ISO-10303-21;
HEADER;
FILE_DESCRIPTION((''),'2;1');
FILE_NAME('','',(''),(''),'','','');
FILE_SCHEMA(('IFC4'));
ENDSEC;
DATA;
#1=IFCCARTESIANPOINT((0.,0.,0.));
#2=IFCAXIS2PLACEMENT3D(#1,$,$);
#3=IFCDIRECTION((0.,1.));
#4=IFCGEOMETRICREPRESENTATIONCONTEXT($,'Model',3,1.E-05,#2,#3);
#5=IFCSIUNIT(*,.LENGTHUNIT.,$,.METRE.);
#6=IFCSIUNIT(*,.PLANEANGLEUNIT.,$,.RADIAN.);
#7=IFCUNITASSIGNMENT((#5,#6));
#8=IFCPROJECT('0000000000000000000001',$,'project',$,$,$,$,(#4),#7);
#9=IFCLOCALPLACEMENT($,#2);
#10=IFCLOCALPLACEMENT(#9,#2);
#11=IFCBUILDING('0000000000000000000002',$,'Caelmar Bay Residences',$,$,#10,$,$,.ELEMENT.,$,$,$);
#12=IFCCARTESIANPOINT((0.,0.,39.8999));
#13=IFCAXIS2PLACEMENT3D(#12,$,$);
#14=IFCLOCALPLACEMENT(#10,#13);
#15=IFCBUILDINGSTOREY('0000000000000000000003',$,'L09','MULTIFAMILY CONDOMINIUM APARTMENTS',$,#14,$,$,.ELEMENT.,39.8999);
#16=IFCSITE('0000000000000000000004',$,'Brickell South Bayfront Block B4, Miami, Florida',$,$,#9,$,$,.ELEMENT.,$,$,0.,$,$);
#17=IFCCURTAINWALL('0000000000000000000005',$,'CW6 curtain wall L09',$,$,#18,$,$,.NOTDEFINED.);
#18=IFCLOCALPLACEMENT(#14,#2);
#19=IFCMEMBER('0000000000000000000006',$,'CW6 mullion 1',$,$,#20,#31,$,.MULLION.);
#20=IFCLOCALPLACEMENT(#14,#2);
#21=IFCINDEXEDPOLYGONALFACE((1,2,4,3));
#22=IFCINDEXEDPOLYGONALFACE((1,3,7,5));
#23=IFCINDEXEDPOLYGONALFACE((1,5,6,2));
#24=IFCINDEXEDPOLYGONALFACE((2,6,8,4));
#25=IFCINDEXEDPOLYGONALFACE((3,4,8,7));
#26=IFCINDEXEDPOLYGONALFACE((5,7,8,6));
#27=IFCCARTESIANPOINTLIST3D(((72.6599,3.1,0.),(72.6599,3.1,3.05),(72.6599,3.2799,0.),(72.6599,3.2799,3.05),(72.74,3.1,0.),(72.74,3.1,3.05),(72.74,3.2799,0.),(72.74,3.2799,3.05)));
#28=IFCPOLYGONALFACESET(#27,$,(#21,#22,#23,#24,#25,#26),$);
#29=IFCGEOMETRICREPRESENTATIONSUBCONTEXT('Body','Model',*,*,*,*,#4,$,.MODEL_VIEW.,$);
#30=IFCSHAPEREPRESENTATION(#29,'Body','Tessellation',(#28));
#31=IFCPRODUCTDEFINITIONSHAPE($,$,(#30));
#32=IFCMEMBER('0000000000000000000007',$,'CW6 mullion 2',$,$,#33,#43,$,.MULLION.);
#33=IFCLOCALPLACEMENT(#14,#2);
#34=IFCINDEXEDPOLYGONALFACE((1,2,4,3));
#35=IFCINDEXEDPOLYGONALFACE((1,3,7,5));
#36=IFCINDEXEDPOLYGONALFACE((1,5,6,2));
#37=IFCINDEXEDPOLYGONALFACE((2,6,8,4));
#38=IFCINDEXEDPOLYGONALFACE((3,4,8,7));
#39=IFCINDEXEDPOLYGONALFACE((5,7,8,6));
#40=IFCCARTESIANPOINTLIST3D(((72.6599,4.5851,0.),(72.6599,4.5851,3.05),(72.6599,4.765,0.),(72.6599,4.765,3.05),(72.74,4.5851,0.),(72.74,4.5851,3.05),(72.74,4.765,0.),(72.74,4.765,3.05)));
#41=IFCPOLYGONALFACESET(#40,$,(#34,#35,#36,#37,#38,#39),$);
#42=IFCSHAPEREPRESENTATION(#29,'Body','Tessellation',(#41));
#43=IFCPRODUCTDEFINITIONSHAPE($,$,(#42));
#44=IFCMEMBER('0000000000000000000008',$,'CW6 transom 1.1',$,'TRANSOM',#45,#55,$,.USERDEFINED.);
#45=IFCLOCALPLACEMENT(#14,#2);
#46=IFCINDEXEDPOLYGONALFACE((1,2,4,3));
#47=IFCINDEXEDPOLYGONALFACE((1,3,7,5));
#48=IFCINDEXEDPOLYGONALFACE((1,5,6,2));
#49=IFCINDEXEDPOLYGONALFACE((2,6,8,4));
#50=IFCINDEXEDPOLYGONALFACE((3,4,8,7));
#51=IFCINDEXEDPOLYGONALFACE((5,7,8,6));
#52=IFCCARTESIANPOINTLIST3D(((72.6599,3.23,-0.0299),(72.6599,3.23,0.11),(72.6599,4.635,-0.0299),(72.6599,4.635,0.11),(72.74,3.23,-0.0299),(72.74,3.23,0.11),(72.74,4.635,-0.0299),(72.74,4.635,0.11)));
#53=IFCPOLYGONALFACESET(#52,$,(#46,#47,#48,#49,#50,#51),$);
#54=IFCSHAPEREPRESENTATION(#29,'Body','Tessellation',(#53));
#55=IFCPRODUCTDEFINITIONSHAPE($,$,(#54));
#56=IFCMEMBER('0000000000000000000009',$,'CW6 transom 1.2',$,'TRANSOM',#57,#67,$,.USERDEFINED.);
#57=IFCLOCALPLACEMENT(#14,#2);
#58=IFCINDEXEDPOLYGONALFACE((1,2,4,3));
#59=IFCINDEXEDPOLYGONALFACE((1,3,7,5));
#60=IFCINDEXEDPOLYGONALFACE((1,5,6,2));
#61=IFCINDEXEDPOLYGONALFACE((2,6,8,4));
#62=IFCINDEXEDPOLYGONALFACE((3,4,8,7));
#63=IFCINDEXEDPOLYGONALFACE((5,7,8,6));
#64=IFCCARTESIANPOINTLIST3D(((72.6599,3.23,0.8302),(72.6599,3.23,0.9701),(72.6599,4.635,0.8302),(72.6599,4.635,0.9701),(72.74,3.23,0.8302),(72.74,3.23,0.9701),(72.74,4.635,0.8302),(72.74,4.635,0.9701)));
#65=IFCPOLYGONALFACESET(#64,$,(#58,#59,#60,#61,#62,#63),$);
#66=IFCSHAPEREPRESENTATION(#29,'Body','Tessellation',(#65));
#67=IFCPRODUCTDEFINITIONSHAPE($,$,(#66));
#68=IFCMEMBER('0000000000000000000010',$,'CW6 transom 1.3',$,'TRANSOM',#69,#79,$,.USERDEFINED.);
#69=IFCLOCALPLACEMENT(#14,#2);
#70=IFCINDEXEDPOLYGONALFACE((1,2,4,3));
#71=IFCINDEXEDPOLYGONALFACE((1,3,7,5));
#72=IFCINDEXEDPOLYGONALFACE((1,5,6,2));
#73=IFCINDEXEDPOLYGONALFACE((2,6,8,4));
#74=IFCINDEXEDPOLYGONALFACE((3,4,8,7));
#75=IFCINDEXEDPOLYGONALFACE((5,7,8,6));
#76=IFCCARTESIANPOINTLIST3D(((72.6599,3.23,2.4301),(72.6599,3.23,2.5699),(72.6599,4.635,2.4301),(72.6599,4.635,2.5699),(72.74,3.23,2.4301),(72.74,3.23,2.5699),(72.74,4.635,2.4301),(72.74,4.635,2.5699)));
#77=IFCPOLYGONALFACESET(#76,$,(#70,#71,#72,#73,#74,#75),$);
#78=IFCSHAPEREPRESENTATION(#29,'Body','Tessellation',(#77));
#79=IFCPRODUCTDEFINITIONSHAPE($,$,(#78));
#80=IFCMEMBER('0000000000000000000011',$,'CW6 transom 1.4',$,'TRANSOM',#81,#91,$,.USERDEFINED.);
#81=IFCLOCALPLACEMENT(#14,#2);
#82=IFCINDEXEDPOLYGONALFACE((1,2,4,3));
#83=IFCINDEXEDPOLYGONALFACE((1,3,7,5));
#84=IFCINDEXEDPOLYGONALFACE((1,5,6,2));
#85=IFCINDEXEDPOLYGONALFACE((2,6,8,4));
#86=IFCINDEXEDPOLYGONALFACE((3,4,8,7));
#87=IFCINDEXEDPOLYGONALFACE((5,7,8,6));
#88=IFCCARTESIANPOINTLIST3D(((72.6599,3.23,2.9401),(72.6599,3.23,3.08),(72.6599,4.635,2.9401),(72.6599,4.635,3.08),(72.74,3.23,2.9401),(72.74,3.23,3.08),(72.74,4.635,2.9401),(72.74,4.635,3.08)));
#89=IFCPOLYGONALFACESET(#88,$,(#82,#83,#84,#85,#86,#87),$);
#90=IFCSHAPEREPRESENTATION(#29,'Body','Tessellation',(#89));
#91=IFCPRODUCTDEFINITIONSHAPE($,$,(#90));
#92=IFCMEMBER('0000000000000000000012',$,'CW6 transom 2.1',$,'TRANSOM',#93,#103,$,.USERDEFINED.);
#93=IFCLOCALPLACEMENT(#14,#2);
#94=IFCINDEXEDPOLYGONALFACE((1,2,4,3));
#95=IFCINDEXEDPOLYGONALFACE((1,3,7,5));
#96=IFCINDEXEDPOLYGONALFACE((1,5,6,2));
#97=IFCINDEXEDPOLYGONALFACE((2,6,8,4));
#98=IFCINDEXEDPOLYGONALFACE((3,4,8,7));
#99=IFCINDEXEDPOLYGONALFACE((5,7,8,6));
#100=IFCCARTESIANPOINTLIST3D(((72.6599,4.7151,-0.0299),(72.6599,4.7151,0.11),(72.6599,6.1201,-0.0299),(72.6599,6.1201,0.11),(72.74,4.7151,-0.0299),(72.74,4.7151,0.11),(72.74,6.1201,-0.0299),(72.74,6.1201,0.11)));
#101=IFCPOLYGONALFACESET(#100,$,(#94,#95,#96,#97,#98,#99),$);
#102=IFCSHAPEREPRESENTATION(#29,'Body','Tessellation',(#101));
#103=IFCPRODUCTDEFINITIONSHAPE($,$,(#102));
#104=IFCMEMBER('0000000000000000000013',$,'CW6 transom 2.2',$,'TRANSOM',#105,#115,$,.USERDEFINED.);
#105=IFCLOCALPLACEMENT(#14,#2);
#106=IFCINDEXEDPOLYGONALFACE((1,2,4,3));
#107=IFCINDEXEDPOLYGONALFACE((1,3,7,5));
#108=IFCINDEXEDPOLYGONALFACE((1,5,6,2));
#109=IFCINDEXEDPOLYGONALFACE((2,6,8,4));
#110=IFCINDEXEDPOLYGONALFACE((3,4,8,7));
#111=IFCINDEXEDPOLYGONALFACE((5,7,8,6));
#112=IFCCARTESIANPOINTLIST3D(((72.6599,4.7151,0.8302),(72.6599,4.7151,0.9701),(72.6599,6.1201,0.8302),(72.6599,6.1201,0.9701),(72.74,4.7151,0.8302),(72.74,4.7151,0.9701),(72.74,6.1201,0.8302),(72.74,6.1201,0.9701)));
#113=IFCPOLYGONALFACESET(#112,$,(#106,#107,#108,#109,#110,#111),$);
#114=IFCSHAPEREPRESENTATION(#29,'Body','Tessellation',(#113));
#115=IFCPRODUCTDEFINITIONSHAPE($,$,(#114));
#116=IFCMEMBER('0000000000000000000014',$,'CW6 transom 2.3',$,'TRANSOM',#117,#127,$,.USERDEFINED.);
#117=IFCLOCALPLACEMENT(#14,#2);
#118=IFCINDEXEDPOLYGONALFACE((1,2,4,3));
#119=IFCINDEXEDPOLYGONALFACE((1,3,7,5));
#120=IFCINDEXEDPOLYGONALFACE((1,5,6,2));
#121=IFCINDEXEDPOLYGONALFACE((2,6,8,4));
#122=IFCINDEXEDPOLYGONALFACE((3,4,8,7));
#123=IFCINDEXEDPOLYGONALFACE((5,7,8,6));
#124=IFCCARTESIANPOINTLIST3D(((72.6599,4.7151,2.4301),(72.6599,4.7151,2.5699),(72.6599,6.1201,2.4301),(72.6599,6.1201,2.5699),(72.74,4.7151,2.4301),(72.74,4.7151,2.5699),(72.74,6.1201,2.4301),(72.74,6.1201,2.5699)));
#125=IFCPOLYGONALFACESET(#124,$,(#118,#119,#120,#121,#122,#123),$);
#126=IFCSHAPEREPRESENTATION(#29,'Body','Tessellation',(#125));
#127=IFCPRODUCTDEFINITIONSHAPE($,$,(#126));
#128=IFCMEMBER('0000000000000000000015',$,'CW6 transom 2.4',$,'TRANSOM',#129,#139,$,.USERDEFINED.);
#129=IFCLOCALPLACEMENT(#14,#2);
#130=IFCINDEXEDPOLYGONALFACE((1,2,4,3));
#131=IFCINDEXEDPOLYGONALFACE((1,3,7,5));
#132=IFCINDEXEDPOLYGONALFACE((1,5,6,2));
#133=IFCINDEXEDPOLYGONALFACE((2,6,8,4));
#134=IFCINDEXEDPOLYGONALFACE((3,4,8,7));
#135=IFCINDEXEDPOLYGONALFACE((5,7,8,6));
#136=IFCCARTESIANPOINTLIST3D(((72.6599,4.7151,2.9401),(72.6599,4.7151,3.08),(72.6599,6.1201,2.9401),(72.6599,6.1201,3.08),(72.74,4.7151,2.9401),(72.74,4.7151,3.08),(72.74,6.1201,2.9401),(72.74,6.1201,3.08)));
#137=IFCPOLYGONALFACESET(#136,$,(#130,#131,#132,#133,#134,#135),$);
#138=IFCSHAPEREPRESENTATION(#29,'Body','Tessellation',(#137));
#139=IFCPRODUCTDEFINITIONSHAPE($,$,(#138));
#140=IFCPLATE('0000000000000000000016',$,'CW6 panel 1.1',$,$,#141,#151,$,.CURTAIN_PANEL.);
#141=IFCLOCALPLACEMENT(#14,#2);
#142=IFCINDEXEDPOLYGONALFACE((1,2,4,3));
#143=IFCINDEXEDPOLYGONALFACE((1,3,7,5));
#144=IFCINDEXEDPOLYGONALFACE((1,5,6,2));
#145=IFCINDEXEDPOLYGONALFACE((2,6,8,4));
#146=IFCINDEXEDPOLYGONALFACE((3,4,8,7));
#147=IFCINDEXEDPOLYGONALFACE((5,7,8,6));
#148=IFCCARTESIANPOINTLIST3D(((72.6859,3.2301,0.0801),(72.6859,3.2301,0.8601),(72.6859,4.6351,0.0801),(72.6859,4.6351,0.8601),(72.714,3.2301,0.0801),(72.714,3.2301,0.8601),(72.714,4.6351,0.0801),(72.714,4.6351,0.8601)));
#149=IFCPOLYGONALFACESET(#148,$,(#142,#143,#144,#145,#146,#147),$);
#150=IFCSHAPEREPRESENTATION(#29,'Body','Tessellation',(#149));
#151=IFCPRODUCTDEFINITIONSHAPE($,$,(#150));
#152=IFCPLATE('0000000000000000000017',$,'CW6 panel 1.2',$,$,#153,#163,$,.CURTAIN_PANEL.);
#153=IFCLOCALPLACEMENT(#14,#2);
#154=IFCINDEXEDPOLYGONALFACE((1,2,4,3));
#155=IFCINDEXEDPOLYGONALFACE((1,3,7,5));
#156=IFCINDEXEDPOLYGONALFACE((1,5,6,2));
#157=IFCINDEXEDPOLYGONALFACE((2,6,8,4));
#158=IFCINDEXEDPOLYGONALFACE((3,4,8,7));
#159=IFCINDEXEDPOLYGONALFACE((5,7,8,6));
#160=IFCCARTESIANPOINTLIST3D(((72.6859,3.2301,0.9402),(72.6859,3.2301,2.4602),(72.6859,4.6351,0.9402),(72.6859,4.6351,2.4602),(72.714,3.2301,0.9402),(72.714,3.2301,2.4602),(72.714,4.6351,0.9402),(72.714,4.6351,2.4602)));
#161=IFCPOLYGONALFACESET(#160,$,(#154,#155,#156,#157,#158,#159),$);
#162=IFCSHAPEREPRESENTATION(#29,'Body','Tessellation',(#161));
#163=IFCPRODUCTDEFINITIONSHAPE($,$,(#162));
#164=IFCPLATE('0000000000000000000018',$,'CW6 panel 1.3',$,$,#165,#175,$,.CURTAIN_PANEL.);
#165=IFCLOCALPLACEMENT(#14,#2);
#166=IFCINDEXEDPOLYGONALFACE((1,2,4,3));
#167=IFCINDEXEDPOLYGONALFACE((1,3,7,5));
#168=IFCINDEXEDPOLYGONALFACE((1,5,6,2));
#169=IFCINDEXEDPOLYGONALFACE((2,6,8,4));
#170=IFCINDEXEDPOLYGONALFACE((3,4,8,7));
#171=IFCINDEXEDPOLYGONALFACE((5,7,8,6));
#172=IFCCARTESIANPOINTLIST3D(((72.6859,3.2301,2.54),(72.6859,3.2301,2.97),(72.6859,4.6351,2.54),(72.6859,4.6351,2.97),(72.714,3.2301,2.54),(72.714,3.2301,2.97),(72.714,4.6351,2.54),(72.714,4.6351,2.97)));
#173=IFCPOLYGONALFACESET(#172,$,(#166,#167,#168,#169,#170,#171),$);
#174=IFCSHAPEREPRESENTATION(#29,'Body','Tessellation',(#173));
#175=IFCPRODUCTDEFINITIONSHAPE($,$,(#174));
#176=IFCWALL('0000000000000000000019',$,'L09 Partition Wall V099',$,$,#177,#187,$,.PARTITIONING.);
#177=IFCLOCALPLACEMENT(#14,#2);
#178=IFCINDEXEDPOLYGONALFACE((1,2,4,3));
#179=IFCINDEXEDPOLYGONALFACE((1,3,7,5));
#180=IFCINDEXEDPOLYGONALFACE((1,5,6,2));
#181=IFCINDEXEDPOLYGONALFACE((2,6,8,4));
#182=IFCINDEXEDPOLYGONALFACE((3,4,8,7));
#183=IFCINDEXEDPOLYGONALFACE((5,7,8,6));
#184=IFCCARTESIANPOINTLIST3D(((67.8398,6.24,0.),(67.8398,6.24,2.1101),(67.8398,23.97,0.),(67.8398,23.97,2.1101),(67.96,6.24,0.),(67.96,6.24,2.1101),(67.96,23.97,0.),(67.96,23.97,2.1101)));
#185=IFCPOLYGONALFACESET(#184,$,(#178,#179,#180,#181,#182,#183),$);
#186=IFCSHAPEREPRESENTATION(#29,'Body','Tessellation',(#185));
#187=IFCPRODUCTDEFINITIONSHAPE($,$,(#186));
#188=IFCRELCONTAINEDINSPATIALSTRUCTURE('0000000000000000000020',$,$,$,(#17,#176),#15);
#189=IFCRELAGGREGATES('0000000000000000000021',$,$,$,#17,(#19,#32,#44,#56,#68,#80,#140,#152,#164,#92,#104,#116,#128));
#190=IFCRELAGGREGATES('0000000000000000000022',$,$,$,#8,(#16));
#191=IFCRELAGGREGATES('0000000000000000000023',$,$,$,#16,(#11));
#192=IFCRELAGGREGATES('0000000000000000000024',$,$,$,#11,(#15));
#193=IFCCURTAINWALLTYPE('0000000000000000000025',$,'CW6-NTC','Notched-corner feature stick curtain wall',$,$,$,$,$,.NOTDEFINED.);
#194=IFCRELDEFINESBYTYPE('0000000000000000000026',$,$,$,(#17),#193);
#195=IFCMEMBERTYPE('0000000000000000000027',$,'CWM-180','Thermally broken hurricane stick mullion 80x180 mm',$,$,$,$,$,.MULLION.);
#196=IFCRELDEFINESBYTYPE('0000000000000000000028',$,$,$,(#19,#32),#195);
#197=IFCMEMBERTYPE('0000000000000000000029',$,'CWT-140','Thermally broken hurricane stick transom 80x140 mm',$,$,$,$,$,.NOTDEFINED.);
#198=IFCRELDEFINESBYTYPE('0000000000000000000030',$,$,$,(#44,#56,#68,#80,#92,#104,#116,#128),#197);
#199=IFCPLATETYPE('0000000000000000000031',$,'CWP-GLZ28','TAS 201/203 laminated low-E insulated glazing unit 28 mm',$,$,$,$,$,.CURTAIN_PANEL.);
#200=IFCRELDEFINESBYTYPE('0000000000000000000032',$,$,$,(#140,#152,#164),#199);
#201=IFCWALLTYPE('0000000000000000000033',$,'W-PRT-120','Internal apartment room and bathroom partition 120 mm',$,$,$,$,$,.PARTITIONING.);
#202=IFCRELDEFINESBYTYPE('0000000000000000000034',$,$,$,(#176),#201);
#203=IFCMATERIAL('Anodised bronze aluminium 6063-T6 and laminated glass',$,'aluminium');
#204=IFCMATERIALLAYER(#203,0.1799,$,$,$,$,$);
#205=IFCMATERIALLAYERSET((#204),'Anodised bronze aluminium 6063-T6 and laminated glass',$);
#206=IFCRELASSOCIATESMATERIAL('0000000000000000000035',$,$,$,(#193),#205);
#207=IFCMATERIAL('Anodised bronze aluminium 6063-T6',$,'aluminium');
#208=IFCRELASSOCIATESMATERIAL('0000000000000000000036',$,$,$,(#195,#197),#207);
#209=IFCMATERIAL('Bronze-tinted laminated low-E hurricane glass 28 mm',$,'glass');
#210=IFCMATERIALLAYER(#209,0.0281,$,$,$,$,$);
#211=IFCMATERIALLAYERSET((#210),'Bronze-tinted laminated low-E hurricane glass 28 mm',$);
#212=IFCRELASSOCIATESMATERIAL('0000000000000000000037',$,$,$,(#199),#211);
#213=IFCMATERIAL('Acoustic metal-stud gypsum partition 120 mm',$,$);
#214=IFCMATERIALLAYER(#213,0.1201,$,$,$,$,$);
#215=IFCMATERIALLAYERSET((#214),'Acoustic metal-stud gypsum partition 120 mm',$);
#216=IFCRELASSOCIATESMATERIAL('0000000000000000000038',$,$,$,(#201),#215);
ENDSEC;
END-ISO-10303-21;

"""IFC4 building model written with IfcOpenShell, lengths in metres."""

from ifc_helpers import new_model, si_unit, direction, frame, frame_2d, origin, origin_2d, place, context, subcontext, project, spatial, rectangle, extrude, material, layer, layer_set, material_profile, profile_set, type_object, element, aggregate, save


model = new_model("IFC4")

# Units and contexts
model_context = context("Model", 3, precision=1e-05, world=origin(), true_north=direction((0.0, 1.0)))
body_context = subcontext(model_context, "Body", "Model", "MODEL_VIEW")
ifc_project = project(units=[si_unit("LENGTHUNIT", "METRE"), si_unit("PLANEANGLEUNIT", "RADIAN")], contexts=[model_context])

# Site, building, storey
site_placement = place(None, origin())
site = spatial("IfcSite", under=ifc_project, at=site_placement, Name="Brickell South Bayfront Block B4, Miami, Florida", CompositionType="ELEMENT", RefElevation=0.0)
building_placement = place(site_placement, origin())
building = spatial("IfcBuilding", under=site, at=building_placement, Name="Caelmar Bay Residences", CompositionType="ELEMENT")
storey_placement = place(building_placement, frame((0.0, 0.0, 39.8999)))
storey = spatial("IfcBuildingStorey", under=building, at=storey_placement, Name="L09", Description="MULTIFAMILY CONDOMINIUM APARTMENTS", CompositionType="ELEMENT", Elevation=39.8999)

# Curtain wall, members, plates
ifc_material_1 = material(Name="Anodised bronze aluminium 6063-T6 and laminated glass", Category="aluminium")
ifc_layer_1 = layer(ifc_material_1, 0.1799)
ifc_layer_set_1 = layer_set([ifc_layer_1], Name="Anodised bronze aluminium 6063-T6 and laminated glass")
curtain_wall_type = type_object("IfcCurtainWallType", Name="CW6-NTC", Description="Notched-corner feature stick curtain wall", PredefinedType="NOTDEFINED", material=ifc_layer_set_1)
curtain_wall_placement = place(storey_placement, origin())
curtain_wall = element("IfcCurtainWall", 1, at=curtain_wall_placement, inside=storey, type_object=curtain_wall_type, Name="CW6 curtain wall L09", PredefinedType="NOTDEFINED")
ifc_material_2 = material(Name="Anodised bronze aluminium 6063-T6", Category="aluminium")
ifc_material_profile_1 = material_profile(ifc_material_2, rectangle(XDim=0.0801, YDim=0.1799, at=origin_2d()), Name="CWM-80X180")
ifc_profile_set_1 = profile_set([ifc_material_profile_1], Name="Anodised bronze aluminium 6063-T6")
member_type_1 = type_object("IfcMemberType", Name="CWM-180", Description="Thermally broken hurricane stick mullion 80x180 mm", PredefinedType="MULLION", material=ifc_profile_set_1)
member_1_placement = place(storey_placement, frame((72.7, 3.1899, 0.0), z_axis=(0.0, 0.0, 1.0), x_axis=(-1.0, 0.0, 0.0)))
member_1 = element("IfcMember", 2, at=member_1_placement, type_object=member_type_1, Name="CW6 mullion 1", PredefinedType="MULLION", context=body_context, shape_type="SweptSolid", body=[
    extrude(rectangle(XDim=0.0801, YDim=0.1799, at=origin_2d()), origin(), (0.0, 0.0, 1.0), 3.05),
])
member_2_placement = place(storey_placement, frame((72.7, 4.675, 0.0), z_axis=(0.0, 0.0, 1.0), x_axis=(-1.0, 0.0, 0.0)))
member_2 = element("IfcMember", 3, at=member_2_placement, type_object=member_type_1, Name="CW6 mullion 2", PredefinedType="MULLION", context=body_context, shape_type="SweptSolid", body=[
    extrude(rectangle(XDim=0.0801, YDim=0.1799, at=origin_2d()), origin(), (0.0, 0.0, 1.0), 3.05),
])
ifc_material_profile_2 = material_profile(ifc_material_2, rectangle(XDim=0.0801, YDim=0.1399, at=origin_2d()), Name="CWT-80X140")
ifc_profile_set_2 = profile_set([ifc_material_profile_2], Name="Anodised bronze aluminium 6063-T6")
member_type_2 = type_object("IfcMemberType", Name="CWT-140", Description="Thermally broken hurricane stick transom 80x140 mm", PredefinedType="NOTDEFINED", material=ifc_profile_set_2)
member_3_placement = place(storey_placement, frame((72.7, 3.23, 0.04), z_axis=(0.0, 1.0, 0.0), x_axis=(-1.0, 0.0, 0.0)))
member_3 = element("IfcMember", 4, at=member_3_placement, type_object=member_type_2, Name="CW6 transom 1.1", ObjectType="TRANSOM", PredefinedType="USERDEFINED", context=body_context, shape_type="SweptSolid", body=[
    extrude(rectangle(XDim=0.0801, YDim=0.1399, at=origin_2d()), origin(), (0.0, 0.0, 1.0), 1.405),
])
member_4_placement = place(storey_placement, frame((72.7, 3.23, 0.9001), z_axis=(0.0, 1.0, 0.0), x_axis=(-1.0, 0.0, 0.0)))
member_4 = element("IfcMember", 5, at=member_4_placement, type_object=member_type_2, Name="CW6 transom 1.2", ObjectType="TRANSOM", PredefinedType="USERDEFINED", context=body_context, shape_type="SweptSolid", body=[
    extrude(rectangle(XDim=0.0801, YDim=0.1399, at=origin_2d()), origin(), (0.0, 0.0, 1.0), 1.405),
])
member_5_placement = place(storey_placement, frame((72.7, 3.23, 2.5), z_axis=(0.0, 1.0, 0.0), x_axis=(-1.0, 0.0, 0.0)))
member_5 = element("IfcMember", 6, at=member_5_placement, type_object=member_type_2, Name="CW6 transom 1.3", ObjectType="TRANSOM", PredefinedType="USERDEFINED", context=body_context, shape_type="SweptSolid", body=[
    extrude(rectangle(XDim=0.0801, YDim=0.1399, at=origin_2d()), origin(), (0.0, 0.0, 1.0), 1.405),
])
member_6_placement = place(storey_placement, frame((72.7, 3.23, 3.01), z_axis=(0.0, 1.0, 0.0), x_axis=(-1.0, 0.0, 0.0)))
member_6 = element("IfcMember", 7, at=member_6_placement, type_object=member_type_2, Name="CW6 transom 1.4", ObjectType="TRANSOM", PredefinedType="USERDEFINED", context=body_context, shape_type="SweptSolid", body=[
    extrude(rectangle(XDim=0.0801, YDim=0.1399, at=origin_2d()), origin(), (0.0, 0.0, 1.0), 1.405),
])
member_7_placement = place(storey_placement, frame((72.7, 4.7151, 0.04), z_axis=(0.0, 1.0, 0.0), x_axis=(-1.0, 0.0, 0.0)))
member_7 = element("IfcMember", 8, at=member_7_placement, type_object=member_type_2, Name="CW6 transom 2.1", ObjectType="TRANSOM", PredefinedType="USERDEFINED", context=body_context, shape_type="SweptSolid", body=[
    extrude(rectangle(XDim=0.0801, YDim=0.1399, at=origin_2d()), origin(), (0.0, 0.0, 1.0), 1.405),
])
member_8_placement = place(storey_placement, frame((72.7, 4.7151, 0.9001), z_axis=(0.0, 1.0, 0.0), x_axis=(-1.0, 0.0, 0.0)))
member_8 = element("IfcMember", 9, at=member_8_placement, type_object=member_type_2, Name="CW6 transom 2.2", ObjectType="TRANSOM", PredefinedType="USERDEFINED", context=body_context, shape_type="SweptSolid", body=[
    extrude(rectangle(XDim=0.0801, YDim=0.1399, at=origin_2d()), origin(), (0.0, 0.0, 1.0), 1.405),
])
member_9_placement = place(storey_placement, frame((72.7, 4.7151, 2.5), z_axis=(0.0, 1.0, 0.0), x_axis=(-1.0, 0.0, 0.0)))
member_9 = element("IfcMember", 10, at=member_9_placement, type_object=member_type_2, Name="CW6 transom 2.3", ObjectType="TRANSOM", PredefinedType="USERDEFINED", context=body_context, shape_type="SweptSolid", body=[
    extrude(rectangle(XDim=0.0801, YDim=0.1399, at=origin_2d()), origin(), (0.0, 0.0, 1.0), 1.405),
])
member_10_placement = place(storey_placement, frame((72.7, 4.7151, 3.01), z_axis=(0.0, 1.0, 0.0), x_axis=(-1.0, 0.0, 0.0)))
member_10 = element("IfcMember", 11, at=member_10_placement, type_object=member_type_2, Name="CW6 transom 2.4", ObjectType="TRANSOM", PredefinedType="USERDEFINED", context=body_context, shape_type="SweptSolid", body=[
    extrude(rectangle(XDim=0.0801, YDim=0.1399, at=origin_2d()), origin(), (0.0, 0.0, 1.0), 1.405),
])
ifc_material_3 = material(Name="Bronze-tinted laminated low-E hurricane glass 28 mm", Category="glass")
ifc_layer_2 = layer(ifc_material_3, 0.0281)
ifc_layer_set_2 = layer_set([ifc_layer_2], Name="Bronze-tinted laminated low-E hurricane glass 28 mm")
plate_type = type_object("IfcPlateType", Name="CWP-GLZ28", Description="TAS 201/203 laminated low-E insulated glazing unit 28 mm", PredefinedType="CURTAIN_PANEL", material=ifc_layer_set_2)
plate_1_placement = place(storey_placement, frame((72.7, 3.9326, 0.0801), z_axis=(0.0, 0.0, 1.0), x_axis=(0.0, 1.0, 0.0)))
plate_1 = element("IfcPlate", 12, at=plate_1_placement, type_object=plate_type, Name="CW6 panel 1.1", PredefinedType="CURTAIN_PANEL", context=body_context, shape_type="SweptSolid", body=[
    extrude(rectangle(XDim=1.405, YDim=0.0281, at=origin_2d()), origin(), (0.0, 0.0, 1.0), 0.78),
])
plate_2_placement = place(storey_placement, frame((72.7, 3.9326, 0.9402), z_axis=(0.0, 0.0, 1.0), x_axis=(0.0, 1.0, 0.0)))
plate_2 = element("IfcPlate", 13, at=plate_2_placement, type_object=plate_type, Name="CW6 panel 1.2", PredefinedType="CURTAIN_PANEL", context=body_context, shape_type="SweptSolid", body=[
    extrude(rectangle(XDim=1.405, YDim=0.0281, at=origin_2d()), origin(), (0.0, 0.0, 1.0), 1.52),
])
plate_3_placement = place(storey_placement, frame((72.7, 3.9326, 2.54), z_axis=(0.0, 0.0, 1.0), x_axis=(0.0, 1.0, 0.0)))
plate_3 = element("IfcPlate", 14, at=plate_3_placement, type_object=plate_type, Name="CW6 panel 1.3", PredefinedType="CURTAIN_PANEL", context=body_context, shape_type="SweptSolid", body=[
    extrude(rectangle(XDim=1.405, YDim=0.0281, at=origin_2d()), origin(), (0.0, 0.0, 1.0), 0.4299),
])
aggregate(curtain_wall, [member_1, member_2, member_3, member_4, member_5, member_6, plate_1, plate_2, plate_3, member_7, member_8, member_9, member_10])

# Wall
ifc_material_4 = material(Name="Acoustic metal-stud gypsum partition 120 mm")
ifc_layer_3 = layer(ifc_material_4, 0.1201)
ifc_layer_set_3 = layer_set([ifc_layer_3], Name="Acoustic metal-stud gypsum partition 120 mm")
wall_type_1 = type_object("IfcWallType", Name="W-PRT-120", Description="Internal apartment room and bathroom partition 120 mm", PredefinedType="PARTITIONING", material=ifc_layer_set_3)
wall_1_placement = place(storey_placement, frame((67.8999, 6.24, 0.0), z_axis=(0.0, 0.0, 1.0), x_axis=(0.0, 1.0, 0.0)))
element("IfcWall", 15, at=wall_1_placement, inside=storey, type_object=wall_type_1, Name="L09 Partition Wall V099", PredefinedType="PARTITIONING", context=body_context, shape_type="SweptSolid", body=[
    extrude(rectangle(XDim=17.73, YDim=0.1201, at=frame_2d((8.865, 0.0))), origin(), (0.0, 0.0, 1.0), 2.1101),
])

save(model, "model.ifc")
